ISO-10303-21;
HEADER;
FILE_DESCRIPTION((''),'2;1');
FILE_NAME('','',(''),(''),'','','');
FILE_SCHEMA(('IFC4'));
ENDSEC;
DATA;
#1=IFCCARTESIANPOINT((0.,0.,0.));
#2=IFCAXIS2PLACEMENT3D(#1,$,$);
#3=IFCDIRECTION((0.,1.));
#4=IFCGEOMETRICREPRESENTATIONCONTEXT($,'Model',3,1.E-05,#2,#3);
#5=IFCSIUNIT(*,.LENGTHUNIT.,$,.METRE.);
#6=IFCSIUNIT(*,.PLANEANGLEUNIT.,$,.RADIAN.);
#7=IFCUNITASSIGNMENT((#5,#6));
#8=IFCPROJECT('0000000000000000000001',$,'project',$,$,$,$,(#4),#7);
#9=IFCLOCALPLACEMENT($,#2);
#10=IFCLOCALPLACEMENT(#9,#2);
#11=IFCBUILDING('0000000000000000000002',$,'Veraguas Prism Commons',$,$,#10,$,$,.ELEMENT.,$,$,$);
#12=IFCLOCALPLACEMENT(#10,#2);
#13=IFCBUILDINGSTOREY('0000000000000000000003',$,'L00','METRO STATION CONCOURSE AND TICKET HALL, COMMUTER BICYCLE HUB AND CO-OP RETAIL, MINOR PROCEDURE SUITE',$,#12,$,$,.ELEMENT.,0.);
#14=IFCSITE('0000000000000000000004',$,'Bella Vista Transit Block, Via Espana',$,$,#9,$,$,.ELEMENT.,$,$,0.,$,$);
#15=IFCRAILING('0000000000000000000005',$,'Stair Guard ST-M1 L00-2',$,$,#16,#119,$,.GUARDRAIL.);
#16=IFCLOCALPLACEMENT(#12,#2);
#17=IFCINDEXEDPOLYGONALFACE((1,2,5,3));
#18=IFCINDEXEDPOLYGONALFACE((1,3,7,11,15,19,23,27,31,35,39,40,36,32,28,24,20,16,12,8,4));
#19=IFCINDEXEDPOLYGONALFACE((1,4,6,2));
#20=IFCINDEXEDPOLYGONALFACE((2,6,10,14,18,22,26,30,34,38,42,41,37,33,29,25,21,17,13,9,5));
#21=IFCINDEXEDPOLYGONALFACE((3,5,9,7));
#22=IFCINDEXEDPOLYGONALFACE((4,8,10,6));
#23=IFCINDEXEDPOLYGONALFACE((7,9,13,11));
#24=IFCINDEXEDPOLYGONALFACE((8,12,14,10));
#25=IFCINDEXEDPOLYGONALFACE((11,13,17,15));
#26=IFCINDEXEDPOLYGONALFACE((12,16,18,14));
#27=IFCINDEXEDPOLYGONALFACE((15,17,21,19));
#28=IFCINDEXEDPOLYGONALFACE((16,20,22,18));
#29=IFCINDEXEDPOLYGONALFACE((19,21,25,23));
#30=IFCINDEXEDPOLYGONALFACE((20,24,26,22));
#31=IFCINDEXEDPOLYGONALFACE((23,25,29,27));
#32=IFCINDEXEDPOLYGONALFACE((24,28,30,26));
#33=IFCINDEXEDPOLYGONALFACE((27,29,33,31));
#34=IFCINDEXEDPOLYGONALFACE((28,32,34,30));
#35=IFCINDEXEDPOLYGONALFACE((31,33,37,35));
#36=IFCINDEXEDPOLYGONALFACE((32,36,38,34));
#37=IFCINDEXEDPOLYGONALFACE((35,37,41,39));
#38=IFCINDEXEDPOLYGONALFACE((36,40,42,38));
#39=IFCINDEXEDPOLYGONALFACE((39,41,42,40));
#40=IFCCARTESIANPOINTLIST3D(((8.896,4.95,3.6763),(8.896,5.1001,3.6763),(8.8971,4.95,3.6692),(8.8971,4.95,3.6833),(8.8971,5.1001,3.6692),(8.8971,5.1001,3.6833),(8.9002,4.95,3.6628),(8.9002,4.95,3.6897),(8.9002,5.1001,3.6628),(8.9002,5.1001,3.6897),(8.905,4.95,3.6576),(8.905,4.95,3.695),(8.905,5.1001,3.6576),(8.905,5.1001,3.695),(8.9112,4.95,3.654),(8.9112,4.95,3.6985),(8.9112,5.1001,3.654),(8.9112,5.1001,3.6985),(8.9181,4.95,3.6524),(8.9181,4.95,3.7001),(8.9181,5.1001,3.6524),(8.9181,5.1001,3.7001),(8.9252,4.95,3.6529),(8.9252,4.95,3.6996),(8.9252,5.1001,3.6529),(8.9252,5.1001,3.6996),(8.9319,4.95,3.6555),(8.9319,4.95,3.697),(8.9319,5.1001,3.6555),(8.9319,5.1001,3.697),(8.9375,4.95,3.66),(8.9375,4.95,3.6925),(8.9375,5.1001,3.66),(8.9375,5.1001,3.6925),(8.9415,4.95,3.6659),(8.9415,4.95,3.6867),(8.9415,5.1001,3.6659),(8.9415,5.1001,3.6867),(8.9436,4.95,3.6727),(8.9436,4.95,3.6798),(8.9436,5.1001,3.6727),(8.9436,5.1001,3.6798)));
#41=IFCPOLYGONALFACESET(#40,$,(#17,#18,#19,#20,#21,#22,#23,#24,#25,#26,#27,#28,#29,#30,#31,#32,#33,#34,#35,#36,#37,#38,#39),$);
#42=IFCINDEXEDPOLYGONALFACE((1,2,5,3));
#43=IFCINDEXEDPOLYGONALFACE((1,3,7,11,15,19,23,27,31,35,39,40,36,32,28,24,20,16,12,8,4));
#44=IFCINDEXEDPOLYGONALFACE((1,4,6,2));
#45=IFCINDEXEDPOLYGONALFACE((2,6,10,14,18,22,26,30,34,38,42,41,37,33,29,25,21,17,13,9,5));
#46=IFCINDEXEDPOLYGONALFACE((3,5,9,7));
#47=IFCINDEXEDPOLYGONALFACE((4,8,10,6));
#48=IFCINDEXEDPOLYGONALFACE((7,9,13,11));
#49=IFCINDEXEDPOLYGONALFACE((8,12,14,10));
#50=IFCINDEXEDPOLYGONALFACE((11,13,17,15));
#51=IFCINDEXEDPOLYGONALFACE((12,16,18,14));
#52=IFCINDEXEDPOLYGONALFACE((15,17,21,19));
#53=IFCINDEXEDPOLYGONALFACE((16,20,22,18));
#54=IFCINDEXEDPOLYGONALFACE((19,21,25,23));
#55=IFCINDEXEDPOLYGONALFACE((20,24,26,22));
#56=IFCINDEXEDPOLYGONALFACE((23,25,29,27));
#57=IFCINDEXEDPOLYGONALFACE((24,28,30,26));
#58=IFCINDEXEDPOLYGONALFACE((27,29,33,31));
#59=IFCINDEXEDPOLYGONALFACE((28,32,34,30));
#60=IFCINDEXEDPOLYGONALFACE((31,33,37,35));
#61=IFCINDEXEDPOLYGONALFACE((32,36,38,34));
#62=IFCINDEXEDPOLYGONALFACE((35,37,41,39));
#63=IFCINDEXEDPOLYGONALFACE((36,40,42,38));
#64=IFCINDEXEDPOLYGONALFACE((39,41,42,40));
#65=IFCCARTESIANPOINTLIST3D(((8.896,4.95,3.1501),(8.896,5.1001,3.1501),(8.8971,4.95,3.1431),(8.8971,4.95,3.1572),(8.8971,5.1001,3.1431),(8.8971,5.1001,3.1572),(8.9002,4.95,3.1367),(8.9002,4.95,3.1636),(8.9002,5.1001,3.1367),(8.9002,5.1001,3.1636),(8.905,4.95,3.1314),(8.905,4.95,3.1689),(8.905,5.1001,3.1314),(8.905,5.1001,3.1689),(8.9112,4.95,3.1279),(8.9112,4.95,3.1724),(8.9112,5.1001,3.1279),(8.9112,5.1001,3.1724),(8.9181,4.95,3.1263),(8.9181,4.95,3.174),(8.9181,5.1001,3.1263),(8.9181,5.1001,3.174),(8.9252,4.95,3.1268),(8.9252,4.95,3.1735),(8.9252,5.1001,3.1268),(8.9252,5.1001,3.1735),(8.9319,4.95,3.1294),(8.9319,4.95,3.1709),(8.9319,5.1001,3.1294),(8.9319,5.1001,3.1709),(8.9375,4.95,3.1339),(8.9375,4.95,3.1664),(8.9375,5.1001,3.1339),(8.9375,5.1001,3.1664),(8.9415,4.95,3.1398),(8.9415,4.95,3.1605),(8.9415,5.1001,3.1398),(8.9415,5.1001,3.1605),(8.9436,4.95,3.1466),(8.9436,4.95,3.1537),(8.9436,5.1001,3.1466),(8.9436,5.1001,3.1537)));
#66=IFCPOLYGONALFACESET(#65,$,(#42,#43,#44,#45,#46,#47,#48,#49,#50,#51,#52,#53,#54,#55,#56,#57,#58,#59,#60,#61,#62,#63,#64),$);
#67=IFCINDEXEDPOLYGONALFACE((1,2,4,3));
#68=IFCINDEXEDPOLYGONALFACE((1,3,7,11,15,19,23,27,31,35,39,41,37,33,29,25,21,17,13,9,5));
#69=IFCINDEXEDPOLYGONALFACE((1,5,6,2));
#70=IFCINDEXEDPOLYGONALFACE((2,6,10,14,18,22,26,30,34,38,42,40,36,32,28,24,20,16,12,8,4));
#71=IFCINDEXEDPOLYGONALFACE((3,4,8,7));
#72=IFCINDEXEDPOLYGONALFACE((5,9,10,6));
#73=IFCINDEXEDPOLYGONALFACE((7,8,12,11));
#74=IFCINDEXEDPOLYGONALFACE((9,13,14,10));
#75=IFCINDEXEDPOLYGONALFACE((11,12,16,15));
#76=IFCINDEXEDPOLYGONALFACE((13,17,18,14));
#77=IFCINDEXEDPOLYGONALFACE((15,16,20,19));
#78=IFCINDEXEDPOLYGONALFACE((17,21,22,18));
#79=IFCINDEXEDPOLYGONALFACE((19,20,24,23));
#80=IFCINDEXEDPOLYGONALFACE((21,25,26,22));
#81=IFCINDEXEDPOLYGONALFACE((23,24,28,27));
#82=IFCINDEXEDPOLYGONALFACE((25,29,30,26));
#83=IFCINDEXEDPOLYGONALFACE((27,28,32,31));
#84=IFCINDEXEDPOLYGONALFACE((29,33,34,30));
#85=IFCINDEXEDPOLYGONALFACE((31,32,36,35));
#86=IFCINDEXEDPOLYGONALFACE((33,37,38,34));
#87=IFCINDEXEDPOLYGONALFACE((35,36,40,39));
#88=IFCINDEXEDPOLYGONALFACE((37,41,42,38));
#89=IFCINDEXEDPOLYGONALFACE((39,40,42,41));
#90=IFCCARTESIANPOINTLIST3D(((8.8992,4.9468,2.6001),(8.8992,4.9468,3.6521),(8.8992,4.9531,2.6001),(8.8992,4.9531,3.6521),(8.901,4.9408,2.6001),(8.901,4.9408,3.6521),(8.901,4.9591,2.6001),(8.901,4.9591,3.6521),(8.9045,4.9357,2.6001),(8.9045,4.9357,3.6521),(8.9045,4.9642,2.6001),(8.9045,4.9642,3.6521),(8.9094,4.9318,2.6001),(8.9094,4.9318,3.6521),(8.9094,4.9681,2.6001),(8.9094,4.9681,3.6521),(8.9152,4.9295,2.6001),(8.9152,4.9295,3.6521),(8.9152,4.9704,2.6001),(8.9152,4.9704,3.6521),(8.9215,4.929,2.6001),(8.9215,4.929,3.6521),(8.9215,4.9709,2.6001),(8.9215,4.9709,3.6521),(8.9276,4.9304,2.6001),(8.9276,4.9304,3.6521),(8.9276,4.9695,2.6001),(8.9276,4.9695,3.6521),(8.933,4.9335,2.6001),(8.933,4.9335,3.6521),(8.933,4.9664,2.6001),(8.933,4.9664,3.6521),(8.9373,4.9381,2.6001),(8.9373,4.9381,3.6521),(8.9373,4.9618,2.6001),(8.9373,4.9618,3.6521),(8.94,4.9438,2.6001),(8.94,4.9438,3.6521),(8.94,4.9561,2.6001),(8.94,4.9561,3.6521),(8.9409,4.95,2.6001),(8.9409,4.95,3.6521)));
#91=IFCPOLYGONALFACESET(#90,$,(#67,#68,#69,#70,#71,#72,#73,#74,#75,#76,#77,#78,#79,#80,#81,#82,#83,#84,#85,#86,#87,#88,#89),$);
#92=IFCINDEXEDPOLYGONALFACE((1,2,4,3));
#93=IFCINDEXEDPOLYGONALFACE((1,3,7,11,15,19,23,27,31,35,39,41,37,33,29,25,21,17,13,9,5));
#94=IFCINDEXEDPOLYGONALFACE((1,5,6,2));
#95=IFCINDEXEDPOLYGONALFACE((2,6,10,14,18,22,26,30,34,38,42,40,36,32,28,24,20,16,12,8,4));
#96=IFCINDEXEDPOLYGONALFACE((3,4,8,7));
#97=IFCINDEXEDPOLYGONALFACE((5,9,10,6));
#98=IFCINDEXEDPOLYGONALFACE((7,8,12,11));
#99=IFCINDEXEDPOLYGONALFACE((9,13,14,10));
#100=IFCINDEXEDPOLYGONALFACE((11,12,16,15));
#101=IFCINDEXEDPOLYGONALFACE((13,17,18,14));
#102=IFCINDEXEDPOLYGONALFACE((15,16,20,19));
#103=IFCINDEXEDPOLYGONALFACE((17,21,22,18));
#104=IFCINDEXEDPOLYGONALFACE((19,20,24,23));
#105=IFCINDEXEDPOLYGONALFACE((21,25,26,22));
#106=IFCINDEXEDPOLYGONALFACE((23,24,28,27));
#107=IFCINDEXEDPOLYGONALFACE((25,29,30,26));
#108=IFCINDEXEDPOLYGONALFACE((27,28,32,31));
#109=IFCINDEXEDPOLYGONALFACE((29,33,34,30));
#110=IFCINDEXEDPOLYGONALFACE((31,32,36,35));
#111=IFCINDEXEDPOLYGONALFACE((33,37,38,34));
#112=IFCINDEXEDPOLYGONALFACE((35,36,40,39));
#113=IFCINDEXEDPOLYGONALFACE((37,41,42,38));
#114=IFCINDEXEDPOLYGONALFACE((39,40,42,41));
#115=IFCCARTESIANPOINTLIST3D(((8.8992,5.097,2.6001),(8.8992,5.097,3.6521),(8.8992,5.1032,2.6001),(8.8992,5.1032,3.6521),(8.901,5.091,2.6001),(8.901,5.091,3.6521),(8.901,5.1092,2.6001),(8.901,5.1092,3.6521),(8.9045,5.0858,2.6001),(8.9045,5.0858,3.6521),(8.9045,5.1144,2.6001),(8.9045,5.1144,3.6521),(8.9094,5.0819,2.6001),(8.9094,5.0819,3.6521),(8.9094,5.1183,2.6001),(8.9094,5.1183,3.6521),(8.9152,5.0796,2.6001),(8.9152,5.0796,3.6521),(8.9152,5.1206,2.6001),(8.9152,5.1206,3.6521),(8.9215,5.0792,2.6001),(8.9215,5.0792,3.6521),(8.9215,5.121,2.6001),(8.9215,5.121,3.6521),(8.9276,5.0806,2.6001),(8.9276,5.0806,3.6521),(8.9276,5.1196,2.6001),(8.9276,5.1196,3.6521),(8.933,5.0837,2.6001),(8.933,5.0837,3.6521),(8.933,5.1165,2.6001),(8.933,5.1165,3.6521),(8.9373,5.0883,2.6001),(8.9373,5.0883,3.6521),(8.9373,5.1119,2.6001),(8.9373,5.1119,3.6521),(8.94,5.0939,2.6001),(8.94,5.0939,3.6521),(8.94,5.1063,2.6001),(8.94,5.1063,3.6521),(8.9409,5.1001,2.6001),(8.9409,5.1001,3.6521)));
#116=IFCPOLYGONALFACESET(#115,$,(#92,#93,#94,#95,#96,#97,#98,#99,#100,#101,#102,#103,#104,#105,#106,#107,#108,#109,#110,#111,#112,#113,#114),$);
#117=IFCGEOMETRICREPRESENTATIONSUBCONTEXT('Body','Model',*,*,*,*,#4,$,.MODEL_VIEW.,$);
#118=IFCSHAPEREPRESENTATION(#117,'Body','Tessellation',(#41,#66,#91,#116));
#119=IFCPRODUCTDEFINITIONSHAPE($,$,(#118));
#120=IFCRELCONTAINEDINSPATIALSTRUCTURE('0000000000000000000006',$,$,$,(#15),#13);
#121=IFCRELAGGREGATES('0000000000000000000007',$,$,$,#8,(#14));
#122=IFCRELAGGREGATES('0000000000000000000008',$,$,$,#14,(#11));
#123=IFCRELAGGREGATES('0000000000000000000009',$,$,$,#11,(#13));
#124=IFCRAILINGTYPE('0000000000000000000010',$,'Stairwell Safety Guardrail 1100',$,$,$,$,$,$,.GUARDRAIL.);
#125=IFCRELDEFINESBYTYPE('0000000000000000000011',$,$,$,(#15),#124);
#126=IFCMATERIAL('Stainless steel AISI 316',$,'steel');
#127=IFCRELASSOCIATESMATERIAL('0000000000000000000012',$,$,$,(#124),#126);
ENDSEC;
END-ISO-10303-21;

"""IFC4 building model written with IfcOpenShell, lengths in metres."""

from ifc_helpers import new_model, si_unit, direction, frame, origin, origin_2d, place, context, subcontext, project, spatial, circle, extrude, material, type_object, element, save


model = new_model("IFC4")

# Units and contexts
model_context = context("Model", 3, precision=1e-05, world=origin(), true_north=direction((0.0, 1.0)))
body_context = subcontext(model_context, "Body", "Model", "MODEL_VIEW")
ifc_project = project(units=[si_unit("LENGTHUNIT", "METRE"), si_unit("PLANEANGLEUNIT", "RADIAN")], contexts=[model_context])

# Site, building, storey
site_placement = place(None, origin())
site = spatial("IfcSite", under=ifc_project, at=site_placement, Name="Bella Vista Transit Block, Via Espana", CompositionType="ELEMENT", RefElevation=0.0)
building_placement = place(site_placement, origin())
building = spatial("IfcBuilding", under=site, at=building_placement, Name="Veraguas Prism Commons", CompositionType="ELEMENT")
storey_placement = place(building_placement, origin())
storey = spatial("IfcBuildingStorey", under=building, at=storey_placement, Name="L00", Description="METRO STATION CONCOURSE AND TICKET HALL, COMMUTER BICYCLE HUB AND CO-OP RETAIL, MINOR PROCEDURE SUITE", CompositionType="ELEMENT", Elevation=0.0)

# Railing
ifc_material_1 = material(Name="Stainless steel AISI 316", Category="steel")
railing_type_1 = type_object("IfcRailingType", Name="Stairwell Safety Guardrail 1100", PredefinedType="GUARDRAIL", material=ifc_material_1)
railing_1_placement = place(storey_placement, frame((8.9199, 4.95, 2.6001)))
element("IfcRailing", 1, at=railing_1_placement, inside=storey, type_object=railing_type_1, Name="Stair Guard ST-M1 L00-2", PredefinedType="GUARDRAIL", context=body_context, shape_type="SweptSolid", body=[
    extrude(circle(Radius=0.0239, at=origin_2d()), frame((0.0, 0.0, 1.0762), z_axis=(0.0, 1.0, 0.0), x_axis=(-1.0, 0.0, 0.0)), (0.0, 0.0, 1.0), 0.1501),
    extrude(circle(Radius=0.0239, at=origin_2d()), frame((0.0, 0.0, 0.55), z_axis=(0.0, 1.0, 0.0), x_axis=(-1.0, 0.0, 0.0)), (0.0, 0.0, 1.0), 0.1501),
    extrude(circle(Radius=0.021, at=origin_2d()), origin(), (0.0, 0.0, 1.0), 1.052),
    extrude(circle(Radius=0.021, at=origin_2d()), frame((0.0, 0.1501, 0.0)), (0.0, 0.0, 1.0), 1.052),
])

save(model, "model.ifc")
